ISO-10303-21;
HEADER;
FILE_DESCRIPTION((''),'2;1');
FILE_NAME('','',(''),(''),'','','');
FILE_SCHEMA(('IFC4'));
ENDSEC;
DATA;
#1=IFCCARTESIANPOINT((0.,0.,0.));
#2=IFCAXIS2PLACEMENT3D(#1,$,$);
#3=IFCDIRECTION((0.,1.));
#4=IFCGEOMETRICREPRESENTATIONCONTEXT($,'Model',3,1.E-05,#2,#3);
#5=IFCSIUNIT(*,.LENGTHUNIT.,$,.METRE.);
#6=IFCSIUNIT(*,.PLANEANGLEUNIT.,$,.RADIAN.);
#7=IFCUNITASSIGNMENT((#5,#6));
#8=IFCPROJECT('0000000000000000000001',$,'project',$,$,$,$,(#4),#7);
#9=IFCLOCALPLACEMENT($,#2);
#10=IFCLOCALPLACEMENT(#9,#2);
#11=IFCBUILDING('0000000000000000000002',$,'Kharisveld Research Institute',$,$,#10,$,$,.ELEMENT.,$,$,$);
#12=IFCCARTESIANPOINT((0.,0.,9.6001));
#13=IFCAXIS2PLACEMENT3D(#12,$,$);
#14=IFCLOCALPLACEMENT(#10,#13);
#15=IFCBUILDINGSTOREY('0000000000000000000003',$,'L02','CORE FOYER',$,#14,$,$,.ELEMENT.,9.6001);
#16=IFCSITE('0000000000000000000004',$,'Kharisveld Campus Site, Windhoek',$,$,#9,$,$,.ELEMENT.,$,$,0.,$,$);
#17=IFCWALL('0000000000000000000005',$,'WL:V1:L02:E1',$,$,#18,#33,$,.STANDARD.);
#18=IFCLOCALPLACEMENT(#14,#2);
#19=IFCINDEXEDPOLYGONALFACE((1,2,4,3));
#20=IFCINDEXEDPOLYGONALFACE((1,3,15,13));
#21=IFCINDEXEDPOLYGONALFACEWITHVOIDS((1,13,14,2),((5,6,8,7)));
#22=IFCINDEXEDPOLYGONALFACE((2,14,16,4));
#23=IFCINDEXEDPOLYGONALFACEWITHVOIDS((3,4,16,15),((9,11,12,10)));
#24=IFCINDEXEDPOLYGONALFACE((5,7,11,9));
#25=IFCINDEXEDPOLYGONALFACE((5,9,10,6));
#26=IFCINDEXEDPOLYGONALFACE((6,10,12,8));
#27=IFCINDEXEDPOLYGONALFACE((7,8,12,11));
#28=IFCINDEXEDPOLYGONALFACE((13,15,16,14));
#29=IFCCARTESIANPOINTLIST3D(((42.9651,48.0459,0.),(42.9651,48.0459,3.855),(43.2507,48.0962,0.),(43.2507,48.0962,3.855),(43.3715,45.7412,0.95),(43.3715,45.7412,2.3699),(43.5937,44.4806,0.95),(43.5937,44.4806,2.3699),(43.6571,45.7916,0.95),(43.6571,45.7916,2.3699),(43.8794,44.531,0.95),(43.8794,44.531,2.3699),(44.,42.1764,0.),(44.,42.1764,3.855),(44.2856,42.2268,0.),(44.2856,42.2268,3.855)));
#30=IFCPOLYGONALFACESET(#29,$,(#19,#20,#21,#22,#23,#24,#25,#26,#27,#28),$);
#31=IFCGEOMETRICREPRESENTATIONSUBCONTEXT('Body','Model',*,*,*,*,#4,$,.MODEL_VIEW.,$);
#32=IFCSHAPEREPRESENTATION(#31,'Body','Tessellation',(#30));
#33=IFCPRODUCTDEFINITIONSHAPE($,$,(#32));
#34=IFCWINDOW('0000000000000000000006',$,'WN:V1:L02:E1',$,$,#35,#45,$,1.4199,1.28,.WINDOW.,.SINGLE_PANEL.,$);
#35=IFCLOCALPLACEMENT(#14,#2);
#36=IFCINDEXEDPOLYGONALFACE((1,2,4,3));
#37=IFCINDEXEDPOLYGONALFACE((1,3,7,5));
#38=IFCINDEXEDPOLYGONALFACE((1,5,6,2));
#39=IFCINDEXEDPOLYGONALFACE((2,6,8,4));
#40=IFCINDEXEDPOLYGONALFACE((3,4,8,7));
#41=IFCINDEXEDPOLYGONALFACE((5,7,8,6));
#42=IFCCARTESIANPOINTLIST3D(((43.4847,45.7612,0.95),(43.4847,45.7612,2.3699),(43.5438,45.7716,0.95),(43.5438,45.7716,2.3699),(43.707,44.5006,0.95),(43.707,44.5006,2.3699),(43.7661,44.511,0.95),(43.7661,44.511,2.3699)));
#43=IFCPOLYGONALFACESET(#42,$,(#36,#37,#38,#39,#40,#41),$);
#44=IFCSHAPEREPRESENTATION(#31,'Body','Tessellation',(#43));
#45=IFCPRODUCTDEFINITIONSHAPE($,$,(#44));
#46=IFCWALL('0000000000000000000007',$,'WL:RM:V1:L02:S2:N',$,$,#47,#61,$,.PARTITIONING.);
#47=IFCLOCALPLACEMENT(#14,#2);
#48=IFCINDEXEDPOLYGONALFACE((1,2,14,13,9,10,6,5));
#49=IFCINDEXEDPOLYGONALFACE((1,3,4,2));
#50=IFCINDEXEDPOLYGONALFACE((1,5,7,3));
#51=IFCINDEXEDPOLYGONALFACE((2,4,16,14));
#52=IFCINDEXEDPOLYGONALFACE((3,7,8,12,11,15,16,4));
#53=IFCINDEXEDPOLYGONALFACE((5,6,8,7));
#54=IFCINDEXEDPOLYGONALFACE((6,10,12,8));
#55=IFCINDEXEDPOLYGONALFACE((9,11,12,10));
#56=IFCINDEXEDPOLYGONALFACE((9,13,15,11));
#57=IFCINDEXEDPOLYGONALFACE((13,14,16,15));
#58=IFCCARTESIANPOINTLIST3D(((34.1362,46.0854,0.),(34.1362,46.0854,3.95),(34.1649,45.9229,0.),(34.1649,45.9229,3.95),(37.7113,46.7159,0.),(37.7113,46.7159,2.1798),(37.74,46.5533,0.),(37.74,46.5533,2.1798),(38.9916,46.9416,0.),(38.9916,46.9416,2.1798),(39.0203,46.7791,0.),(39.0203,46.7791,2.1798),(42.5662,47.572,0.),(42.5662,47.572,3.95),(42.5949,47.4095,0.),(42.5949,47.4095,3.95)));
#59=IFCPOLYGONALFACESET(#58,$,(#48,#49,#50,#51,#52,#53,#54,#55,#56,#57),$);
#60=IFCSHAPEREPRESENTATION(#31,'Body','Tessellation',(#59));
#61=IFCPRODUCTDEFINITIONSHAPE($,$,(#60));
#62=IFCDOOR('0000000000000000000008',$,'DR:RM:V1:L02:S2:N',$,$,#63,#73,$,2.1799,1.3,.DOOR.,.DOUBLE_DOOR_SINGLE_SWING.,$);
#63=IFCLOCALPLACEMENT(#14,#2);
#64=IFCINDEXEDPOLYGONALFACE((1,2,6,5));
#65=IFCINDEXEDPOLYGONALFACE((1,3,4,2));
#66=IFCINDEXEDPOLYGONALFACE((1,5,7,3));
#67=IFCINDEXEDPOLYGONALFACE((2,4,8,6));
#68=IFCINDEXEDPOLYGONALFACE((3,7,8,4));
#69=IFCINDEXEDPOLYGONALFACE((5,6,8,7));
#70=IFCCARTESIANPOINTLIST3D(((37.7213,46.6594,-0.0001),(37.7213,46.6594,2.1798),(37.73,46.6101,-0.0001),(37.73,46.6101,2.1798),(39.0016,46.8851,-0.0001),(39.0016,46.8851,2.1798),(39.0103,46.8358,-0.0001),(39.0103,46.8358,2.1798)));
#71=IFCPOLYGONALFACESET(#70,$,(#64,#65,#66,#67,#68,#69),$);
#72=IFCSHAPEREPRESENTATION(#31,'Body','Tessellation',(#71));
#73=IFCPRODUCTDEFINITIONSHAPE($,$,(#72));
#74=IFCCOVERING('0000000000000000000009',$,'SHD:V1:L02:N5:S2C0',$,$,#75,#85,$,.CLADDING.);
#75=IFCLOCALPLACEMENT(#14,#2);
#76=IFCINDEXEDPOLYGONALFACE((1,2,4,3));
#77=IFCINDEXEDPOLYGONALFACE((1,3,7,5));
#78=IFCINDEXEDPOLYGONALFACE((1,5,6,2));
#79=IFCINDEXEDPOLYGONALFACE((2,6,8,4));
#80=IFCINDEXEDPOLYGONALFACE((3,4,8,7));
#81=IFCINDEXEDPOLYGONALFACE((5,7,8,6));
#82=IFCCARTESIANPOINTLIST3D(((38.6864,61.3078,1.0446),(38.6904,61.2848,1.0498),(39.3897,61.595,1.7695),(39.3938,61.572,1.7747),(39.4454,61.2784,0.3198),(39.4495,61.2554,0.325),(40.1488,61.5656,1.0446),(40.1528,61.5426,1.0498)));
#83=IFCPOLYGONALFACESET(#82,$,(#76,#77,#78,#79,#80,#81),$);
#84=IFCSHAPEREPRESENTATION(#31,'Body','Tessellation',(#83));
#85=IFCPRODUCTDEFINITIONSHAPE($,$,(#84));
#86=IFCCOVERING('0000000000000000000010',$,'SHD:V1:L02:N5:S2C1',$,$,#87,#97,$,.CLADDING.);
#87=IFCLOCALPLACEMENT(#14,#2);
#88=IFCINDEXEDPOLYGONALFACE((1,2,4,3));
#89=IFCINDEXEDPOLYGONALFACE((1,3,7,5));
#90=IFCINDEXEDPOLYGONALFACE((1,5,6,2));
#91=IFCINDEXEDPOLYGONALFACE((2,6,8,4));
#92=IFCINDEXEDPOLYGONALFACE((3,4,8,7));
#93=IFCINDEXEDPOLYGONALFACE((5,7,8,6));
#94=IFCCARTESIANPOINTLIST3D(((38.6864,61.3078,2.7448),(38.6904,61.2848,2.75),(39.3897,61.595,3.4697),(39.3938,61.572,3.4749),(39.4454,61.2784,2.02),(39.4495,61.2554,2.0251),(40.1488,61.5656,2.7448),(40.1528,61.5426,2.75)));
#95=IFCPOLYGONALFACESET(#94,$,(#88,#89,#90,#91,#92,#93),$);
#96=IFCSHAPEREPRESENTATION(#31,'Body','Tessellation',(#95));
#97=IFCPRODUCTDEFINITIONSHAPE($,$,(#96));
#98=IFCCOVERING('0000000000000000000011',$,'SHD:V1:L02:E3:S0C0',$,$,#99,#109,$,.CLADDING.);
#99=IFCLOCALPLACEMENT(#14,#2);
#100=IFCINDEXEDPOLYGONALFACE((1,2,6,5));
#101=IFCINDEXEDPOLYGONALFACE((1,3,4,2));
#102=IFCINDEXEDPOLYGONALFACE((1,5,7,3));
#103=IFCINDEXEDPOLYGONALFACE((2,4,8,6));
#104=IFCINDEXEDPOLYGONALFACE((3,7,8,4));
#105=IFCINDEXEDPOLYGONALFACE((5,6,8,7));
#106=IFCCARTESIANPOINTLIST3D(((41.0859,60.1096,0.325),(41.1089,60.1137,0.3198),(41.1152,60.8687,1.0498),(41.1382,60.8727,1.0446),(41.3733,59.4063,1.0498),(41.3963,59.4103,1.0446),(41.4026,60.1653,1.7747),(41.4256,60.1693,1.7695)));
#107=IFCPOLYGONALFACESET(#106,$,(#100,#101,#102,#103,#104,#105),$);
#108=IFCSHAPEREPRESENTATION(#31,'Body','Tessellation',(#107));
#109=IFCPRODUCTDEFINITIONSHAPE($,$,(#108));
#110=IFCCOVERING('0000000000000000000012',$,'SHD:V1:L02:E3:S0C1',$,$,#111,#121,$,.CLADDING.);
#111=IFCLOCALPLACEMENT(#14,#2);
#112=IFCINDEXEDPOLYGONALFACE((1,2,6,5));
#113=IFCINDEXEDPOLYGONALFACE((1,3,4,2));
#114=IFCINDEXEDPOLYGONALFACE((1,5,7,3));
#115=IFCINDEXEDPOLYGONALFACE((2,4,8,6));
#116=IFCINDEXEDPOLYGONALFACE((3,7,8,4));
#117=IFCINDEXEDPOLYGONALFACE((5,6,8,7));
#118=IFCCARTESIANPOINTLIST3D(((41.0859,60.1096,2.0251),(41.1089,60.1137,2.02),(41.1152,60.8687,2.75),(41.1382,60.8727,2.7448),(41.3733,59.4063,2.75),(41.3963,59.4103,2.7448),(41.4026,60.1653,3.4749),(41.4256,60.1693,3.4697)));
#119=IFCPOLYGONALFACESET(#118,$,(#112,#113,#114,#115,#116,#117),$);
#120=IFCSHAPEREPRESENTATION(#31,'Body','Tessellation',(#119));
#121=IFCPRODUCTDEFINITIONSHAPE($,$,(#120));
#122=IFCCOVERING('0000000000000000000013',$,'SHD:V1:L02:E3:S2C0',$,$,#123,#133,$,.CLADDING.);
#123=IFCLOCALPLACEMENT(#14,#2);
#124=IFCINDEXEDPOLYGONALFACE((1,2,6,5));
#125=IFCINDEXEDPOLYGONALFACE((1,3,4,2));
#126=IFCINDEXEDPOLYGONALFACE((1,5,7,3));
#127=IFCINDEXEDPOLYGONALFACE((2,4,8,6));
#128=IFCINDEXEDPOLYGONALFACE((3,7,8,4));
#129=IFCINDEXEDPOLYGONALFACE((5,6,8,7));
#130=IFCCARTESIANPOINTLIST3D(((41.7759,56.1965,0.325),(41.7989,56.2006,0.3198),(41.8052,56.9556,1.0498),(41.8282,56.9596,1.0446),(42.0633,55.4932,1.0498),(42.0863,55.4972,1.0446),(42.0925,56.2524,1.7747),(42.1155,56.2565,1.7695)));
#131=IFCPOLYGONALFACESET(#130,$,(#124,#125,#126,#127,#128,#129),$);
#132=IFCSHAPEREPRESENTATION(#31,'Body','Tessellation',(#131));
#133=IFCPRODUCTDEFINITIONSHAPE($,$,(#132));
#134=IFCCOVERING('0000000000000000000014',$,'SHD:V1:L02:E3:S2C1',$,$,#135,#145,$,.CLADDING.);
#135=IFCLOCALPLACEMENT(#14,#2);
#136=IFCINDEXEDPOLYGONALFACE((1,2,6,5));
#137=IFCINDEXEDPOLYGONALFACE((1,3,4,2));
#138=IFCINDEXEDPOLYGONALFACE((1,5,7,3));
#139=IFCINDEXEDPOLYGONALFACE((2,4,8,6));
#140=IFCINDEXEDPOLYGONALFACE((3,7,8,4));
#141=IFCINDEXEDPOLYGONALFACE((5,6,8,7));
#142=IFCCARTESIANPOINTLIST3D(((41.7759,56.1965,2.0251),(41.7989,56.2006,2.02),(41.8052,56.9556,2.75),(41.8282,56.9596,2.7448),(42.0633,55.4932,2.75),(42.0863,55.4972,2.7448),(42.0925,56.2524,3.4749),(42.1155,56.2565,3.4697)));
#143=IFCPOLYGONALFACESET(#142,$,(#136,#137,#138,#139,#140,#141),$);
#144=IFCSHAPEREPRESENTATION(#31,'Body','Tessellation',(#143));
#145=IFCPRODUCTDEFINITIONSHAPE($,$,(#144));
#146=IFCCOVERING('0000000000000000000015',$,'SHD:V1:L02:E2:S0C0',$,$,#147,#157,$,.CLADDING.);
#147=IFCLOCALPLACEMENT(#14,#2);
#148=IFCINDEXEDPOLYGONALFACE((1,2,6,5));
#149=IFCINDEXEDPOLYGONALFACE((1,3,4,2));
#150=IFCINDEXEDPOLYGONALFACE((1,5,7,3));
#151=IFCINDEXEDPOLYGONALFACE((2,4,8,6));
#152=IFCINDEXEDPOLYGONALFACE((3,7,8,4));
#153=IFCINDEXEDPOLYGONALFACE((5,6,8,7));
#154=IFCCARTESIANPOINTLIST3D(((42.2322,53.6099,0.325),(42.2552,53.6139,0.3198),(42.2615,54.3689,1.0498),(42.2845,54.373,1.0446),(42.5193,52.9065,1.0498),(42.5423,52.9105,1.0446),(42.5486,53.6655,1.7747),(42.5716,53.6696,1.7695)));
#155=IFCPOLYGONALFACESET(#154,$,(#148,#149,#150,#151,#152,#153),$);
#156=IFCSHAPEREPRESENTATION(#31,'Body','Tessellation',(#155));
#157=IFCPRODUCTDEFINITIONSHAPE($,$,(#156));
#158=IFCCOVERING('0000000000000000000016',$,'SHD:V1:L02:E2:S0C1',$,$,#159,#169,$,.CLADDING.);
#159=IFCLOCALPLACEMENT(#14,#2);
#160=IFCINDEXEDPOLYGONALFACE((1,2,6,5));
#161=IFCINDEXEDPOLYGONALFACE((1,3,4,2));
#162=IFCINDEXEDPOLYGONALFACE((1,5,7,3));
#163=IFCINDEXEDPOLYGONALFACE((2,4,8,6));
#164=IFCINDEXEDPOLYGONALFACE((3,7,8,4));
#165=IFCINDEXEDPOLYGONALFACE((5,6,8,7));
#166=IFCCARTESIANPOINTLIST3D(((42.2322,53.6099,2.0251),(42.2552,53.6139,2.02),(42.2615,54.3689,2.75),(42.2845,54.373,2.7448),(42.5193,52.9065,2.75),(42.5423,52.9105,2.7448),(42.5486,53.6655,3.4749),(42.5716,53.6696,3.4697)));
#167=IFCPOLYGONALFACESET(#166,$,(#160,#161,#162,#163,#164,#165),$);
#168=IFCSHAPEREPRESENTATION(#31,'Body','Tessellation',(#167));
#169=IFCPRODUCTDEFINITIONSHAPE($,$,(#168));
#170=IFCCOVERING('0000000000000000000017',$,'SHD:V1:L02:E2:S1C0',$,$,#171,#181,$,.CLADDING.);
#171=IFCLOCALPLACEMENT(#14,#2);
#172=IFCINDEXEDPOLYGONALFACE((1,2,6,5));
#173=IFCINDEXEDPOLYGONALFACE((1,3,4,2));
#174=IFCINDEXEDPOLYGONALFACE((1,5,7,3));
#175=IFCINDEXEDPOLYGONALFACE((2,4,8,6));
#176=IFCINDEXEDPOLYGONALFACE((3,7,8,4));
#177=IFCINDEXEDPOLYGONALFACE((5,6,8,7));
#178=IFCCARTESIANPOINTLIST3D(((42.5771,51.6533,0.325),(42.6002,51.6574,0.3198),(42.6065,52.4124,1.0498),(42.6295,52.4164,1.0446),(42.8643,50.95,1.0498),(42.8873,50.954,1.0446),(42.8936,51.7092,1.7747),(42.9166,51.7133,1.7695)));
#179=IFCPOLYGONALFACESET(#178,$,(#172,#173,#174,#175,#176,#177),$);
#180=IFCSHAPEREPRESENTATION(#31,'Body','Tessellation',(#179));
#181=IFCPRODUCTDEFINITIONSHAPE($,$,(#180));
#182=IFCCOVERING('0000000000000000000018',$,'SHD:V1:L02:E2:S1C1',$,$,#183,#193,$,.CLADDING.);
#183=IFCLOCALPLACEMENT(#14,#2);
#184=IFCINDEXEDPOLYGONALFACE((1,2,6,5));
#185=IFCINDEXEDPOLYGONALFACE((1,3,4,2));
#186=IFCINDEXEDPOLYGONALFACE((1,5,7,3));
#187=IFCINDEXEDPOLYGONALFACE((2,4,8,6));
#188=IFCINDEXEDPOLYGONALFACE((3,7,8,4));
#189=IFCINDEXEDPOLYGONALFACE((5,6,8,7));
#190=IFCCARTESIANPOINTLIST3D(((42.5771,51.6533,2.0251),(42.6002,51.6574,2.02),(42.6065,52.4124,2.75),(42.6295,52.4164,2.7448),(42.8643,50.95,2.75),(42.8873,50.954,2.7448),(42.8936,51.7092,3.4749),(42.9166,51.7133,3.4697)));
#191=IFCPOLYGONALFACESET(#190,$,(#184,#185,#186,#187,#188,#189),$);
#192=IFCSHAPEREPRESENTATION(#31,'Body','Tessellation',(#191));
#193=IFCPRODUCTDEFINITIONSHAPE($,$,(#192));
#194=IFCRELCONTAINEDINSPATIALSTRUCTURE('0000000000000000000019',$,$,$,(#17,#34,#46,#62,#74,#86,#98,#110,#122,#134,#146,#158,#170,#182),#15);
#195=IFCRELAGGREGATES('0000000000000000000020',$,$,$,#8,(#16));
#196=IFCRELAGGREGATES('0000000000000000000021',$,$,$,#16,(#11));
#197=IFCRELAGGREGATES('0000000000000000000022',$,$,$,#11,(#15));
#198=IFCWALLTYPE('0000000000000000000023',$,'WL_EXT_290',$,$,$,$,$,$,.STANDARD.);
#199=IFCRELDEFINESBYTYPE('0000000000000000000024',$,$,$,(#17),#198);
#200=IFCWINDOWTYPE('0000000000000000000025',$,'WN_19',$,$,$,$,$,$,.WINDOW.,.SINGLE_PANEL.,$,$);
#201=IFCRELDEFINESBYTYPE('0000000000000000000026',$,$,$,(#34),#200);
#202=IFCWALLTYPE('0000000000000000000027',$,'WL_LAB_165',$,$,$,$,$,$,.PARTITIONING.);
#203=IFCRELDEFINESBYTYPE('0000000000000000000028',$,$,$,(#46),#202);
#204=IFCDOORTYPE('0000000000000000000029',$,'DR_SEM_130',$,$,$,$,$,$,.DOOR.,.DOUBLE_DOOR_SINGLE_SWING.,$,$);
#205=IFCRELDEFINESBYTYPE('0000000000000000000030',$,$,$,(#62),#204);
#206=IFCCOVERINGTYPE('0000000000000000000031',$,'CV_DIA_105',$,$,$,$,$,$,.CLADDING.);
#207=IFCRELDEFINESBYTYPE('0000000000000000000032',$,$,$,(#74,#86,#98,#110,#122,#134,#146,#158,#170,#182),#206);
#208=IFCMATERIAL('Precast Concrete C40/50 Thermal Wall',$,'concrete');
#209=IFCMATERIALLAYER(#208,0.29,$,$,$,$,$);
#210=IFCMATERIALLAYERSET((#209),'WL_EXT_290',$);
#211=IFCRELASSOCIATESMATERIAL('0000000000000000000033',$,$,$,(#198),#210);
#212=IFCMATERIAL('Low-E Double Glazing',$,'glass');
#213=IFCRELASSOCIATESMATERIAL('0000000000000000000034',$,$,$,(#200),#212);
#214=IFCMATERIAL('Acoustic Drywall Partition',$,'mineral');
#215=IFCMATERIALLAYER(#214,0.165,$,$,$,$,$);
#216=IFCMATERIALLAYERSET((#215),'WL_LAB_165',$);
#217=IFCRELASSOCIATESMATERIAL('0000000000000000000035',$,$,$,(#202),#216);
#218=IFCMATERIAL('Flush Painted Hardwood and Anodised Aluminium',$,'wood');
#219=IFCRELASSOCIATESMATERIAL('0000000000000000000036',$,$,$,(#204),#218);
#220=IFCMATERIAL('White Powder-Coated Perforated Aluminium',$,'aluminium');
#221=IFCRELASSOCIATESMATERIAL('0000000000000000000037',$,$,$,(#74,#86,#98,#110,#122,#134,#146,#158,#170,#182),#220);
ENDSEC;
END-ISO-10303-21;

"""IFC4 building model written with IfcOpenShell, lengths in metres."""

from ifc_helpers import new_model, si_unit, direction, frame, frame_2d, origin, place, context, subcontext, project, spatial, polyline, rectangle, outline, extrude, material, layer, layer_set, type_object, element, fill, save


model = new_model("IFC4")

# Units and contexts
model_context = context("Model", 3, precision=1e-05, world=origin(), true_north=direction((0.0, 1.0)))
body_context = subcontext(model_context, "Body", "Model", "MODEL_VIEW")
ifc_project = project(units=[si_unit("LENGTHUNIT", "METRE"), si_unit("PLANEANGLEUNIT", "RADIAN")], contexts=[model_context])

# Site, building, storey
site_placement = place(None, origin())
site = spatial("IfcSite", under=ifc_project, at=site_placement, Name="Kharisveld Campus Site, Windhoek", CompositionType="ELEMENT", RefElevation=0.0)
building_placement = place(site_placement, origin())
building = spatial("IfcBuilding", under=site, at=building_placement, Name="Kharisveld Research Institute", CompositionType="ELEMENT")
storey_placement = place(building_placement, frame((0.0, 0.0, 9.6001)))
storey = spatial("IfcBuildingStorey", under=building, at=storey_placement, Name="L02", Description="CORE FOYER", CompositionType="ELEMENT", Elevation=9.6001)

# Wall, opening, window
ifc_material_1 = material(Name="Precast Concrete C40/50 Thermal Wall", Category="concrete")
ifc_layer_1 = layer(ifc_material_1, 0.29)
ifc_layer_set_1 = layer_set([ifc_layer_1], Name="WL_EXT_290")
wall_type_1 = type_object("IfcWallType", Name="WL_EXT_290", PredefinedType="STANDARD", material=ifc_layer_set_1)
wall_1_placement = place(storey_placement, frame((43.1079, 48.071, 0.0), z_axis=(0.0, 0.0, 1.0), x_axis=(0.173645, -0.984808, 0.0)))
wall_1 = element("IfcWall", 1, at=wall_1_placement, inside=storey, type_object=wall_type_1, Name="WL:V1:L02:E1", PredefinedType="STANDARD", context=body_context, shape_type="SweptSolid", body=[
    extrude(rectangle(XDim=5.96, YDim=0.29, at=frame_2d((2.98, 0.0))), origin(), (0.0, 0.0, 1.0), 3.855),
])
opening_1_placement = place(wall_1_placement, frame((2.3401, 0.0, 0.95)))
opening_1 = element("IfcOpeningElement", 2, at=opening_1_placement, cuts=wall_1, PredefinedType="OPENING", context=body_context, shape_type="SweptSolid", body=[
    extrude(rectangle(XDim=1.28, YDim=1.4199, at=frame_2d((0.6401, 0.71))), frame((0.0, 0.145, 0.0), z_axis=(0.0, -1.0, 0.0), x_axis=(1.0, 0.0, 0.0)), (0.0, 0.0, 1.0), 0.29),
])
ifc_material_2 = material(Name="Low-E Double Glazing", Category="glass")
window_type_1 = type_object("IfcWindowType", Name="WN_19", PartitioningType="SINGLE_PANEL", PredefinedType="WINDOW", material=ifc_material_2)
window_1_placement = place(opening_1_placement, origin())
window_1 = element("IfcWindow", 3, at=window_1_placement, inside=storey, type_object=window_type_1, Name="WN:V1:L02:E1", OverallHeight=1.4199, OverallWidth=1.28, PartitioningType="SINGLE_PANEL", PredefinedType="WINDOW", context=body_context, shape_type="SweptSolid", body=[
    extrude(rectangle(XDim=1.28, YDim=1.4199, at=frame_2d((0.6401, 0.71))), frame((0.0, 0.03, 0.0), z_axis=(0.0, -1.0, 0.0), x_axis=(1.0, 0.0, 0.0)), (0.0, 0.0, 1.0), 0.0601),
])
fill(opening_1, window_1)

# Wall, opening, door
ifc_material_3 = material(Name="Acoustic Drywall Partition", Category="mineral")
ifc_layer_2 = layer(ifc_material_3, 0.165)
ifc_layer_set_2 = layer_set([ifc_layer_2], Name="WL_LAB_165")
wall_type_2 = type_object("IfcWallType", Name="WL_LAB_165", PredefinedType="PARTITIONING", material=ifc_layer_set_2)
wall_2_placement = place(storey_placement, frame((42.5806, 47.4907, 0.0), z_axis=(0.0, 0.0, 1.0), x_axis=(-0.984805, -0.173665, 0.0)))
wall_2 = element("IfcWall", 4, at=wall_2_placement, inside=storey, type_object=wall_type_2, Name="WL:RM:V1:L02:S2:N", PredefinedType="PARTITIONING", context=body_context, shape_type="SweptSolid", body=[
    extrude(rectangle(XDim=8.5601, YDim=0.165, at=frame_2d((4.28, 0.0))), origin(), (0.0, 0.0, 1.0), 3.95),
])
opening_2_placement = place(wall_2_placement, frame((3.6299, 0.0, 0.0)))
opening_2 = element("IfcOpeningElement", 5, at=opening_2_placement, cuts=wall_2, PredefinedType="OPENING", context=body_context, shape_type="SweptSolid", body=[
    extrude(rectangle(XDim=1.3, YDim=2.1799, at=frame_2d((0.6499, 1.0898))), frame((0.0, 0.0825, 0.0), z_axis=(0.0, -1.0, 0.0), x_axis=(1.0, 0.0, 0.0)), (0.0, 0.0, 1.0), 0.165),
])
ifc_material_4 = material(Name="Flush Painted Hardwood and Anodised Aluminium", Category="wood")
door_type = type_object("IfcDoorType", Name="DR_SEM_130", OperationType="DOUBLE_DOOR_SINGLE_SWING", PredefinedType="DOOR", material=ifc_material_4)
door_placement = place(opening_2_placement, origin())
door = element("IfcDoor", 6, at=door_placement, inside=storey, type_object=door_type, Name="DR:RM:V1:L02:S2:N", OperationType="DOUBLE_DOOR_SINGLE_SWING", OverallHeight=2.1799, OverallWidth=1.3, PredefinedType="DOOR", context=body_context, shape_type="SweptSolid", body=[
    extrude(rectangle(XDim=1.3, YDim=2.1799, at=frame_2d((0.6499, 1.0898))), frame((0.0, 0.0249, 0.0), z_axis=(0.0, -1.0, 0.0), x_axis=(1.0, 0.0, 0.0)), (0.0, 0.0, 1.0), 0.05),
])
fill(opening_2, door)

# Coverings
ifc_material_5 = material(Name="White Powder-Coated Perforated Aluminium", Category="aluminium")
covering_type = type_object("IfcCoveringType", Name="CV_DIA_105", PredefinedType="CLADDING")
for number, where, z_axis, x_axis, name in (
    (7, (39.4495, 61.2554, 0.325), (0.169498, -0.961453, 0.216512), (0.669834, 0.273536, 0.69029), "SHD:V1:L02:N5:S2C0"),
    (8, (39.4495, 61.2554, 2.0251), (0.169498, -0.961453, 0.216512), (0.669834, 0.273536, 0.69029), "SHD:V1:L02:N5:S2C1"),
):
    element("IfcCovering", number, at=place(storey_placement, frame(where, z_axis=z_axis, x_axis=x_axis)), inside=storey, type_object=covering_type, material=ifc_material_5, Name=name, PredefinedType="CLADDING", context=body_context, shape_type="SweptSolid", body=[
        extrude(outline(polyline([(0.0, 0.0), (1.05, 0.0), (1.05, 1.05), (-0.0001, 1.05), (0.0, 0.0)])), origin(), (0.0, 0.0, -1.0), 0.0239),
    ])
for number, where, z_axis, x_axis, name in (
    (9, (41.0859, 60.1096, 0.325), (-0.961426, -0.169654, 0.216512), (0.273644, -0.669811, 0.69027), "SHD:V1:L02:E3:S0C0"),
    (10, (41.0859, 60.1096, 2.0251), (-0.961426, -0.169654, 0.216512), (0.273644, -0.669811, 0.69027), "SHD:V1:L02:E3:S0C1"),
):
    element("IfcCovering", number, at=place(storey_placement, frame(where, z_axis=z_axis, x_axis=x_axis)), inside=storey, type_object=covering_type, material=ifc_material_5, Name=name, PredefinedType="CLADDING", context=body_context, shape_type="SweptSolid", body=[
        extrude(outline(polyline([(0.0, 0.0), (1.0501, 0.0), (1.0501, 1.05), (0.0, 1.05), (0.0, 0.0)])), origin(), (0.0, 0.0, -1.0), 0.0239),
    ])
for number, where, z_axis, x_axis, name in (
    (11, (41.7759, 56.1965, 0.325), (-0.96142, -0.169653, 0.21654), (0.273663, -0.669807, 0.690266), "SHD:V1:L02:E3:S2C0"),
    (12, (41.7759, 56.1965, 2.0251), (-0.96142, -0.169653, 0.21654), (0.273663, -0.669807, 0.690266), "SHD:V1:L02:E3:S2C1"),
):
    element("IfcCovering", number, at=place(storey_placement, frame(where, z_axis=z_axis, x_axis=x_axis)), inside=storey, type_object=covering_type, material=ifc_material_5, Name=name, PredefinedType="CLADDING", context=body_context, shape_type="SweptSolid", body=[
        extrude(outline(polyline([(0.0, 0.0), (1.0501, 0.0), (1.0499, 1.0501), (0.0, 1.05), (0.0, 0.0)])), origin(), (0.0, 0.0, -1.0), 0.0239),
    ])
for number, where, z_axis, x_axis, name in (
    (13, (42.2322, 53.6099, 0.325), (-0.961487, -0.169504, 0.216358), (0.273429, -0.669853, 0.690314), "SHD:V1:L02:E2:S0C0"),
    (14, (42.2322, 53.6099, 2.0251), (-0.961487, -0.169504, 0.216358), (0.273429, -0.669853, 0.690314), "SHD:V1:L02:E2:S0C1"),
):
    element("IfcCovering", number, at=place(storey_placement, frame(where, z_axis=z_axis, x_axis=x_axis)), inside=storey, type_object=covering_type, material=ifc_material_5, Name=name, PredefinedType="CLADDING", context=body_context, shape_type="SweptSolid", body=[
        extrude(outline(polyline([(0.0, 0.0), (1.05, 0.0), (1.05, 1.05), (-0.0001, 1.05), (0.0, 0.0)])), origin(), (0.0, 0.0, -1.0), 0.0239),
    ])
for number, where, z_axis, x_axis, name in (
    (15, (42.5771, 51.6533, 0.325), (-0.961481, -0.169503, 0.216385), (0.273447, -0.66985, 0.69031), "SHD:V1:L02:E2:S1C0"),
    (16, (42.5771, 51.6533, 2.0251), (-0.961481, -0.169503, 0.216385), (0.273447, -0.66985, 0.69031), "SHD:V1:L02:E2:S1C1"),
):
    element("IfcCovering", number, at=place(storey_placement, frame(where, z_axis=z_axis, x_axis=x_axis)), inside=storey, type_object=covering_type, material=ifc_material_5, Name=name, PredefinedType="CLADDING", context=body_context, shape_type="SweptSolid", body=[
        extrude(outline(polyline([(0.0, 0.0), (1.05, 0.0), (1.0498, 1.0501), (-0.0001, 1.05), (0.0, 0.0)])), origin(), (0.0, 0.0, -1.0), 0.0239),
    ])

save(model, "model.ifc")
